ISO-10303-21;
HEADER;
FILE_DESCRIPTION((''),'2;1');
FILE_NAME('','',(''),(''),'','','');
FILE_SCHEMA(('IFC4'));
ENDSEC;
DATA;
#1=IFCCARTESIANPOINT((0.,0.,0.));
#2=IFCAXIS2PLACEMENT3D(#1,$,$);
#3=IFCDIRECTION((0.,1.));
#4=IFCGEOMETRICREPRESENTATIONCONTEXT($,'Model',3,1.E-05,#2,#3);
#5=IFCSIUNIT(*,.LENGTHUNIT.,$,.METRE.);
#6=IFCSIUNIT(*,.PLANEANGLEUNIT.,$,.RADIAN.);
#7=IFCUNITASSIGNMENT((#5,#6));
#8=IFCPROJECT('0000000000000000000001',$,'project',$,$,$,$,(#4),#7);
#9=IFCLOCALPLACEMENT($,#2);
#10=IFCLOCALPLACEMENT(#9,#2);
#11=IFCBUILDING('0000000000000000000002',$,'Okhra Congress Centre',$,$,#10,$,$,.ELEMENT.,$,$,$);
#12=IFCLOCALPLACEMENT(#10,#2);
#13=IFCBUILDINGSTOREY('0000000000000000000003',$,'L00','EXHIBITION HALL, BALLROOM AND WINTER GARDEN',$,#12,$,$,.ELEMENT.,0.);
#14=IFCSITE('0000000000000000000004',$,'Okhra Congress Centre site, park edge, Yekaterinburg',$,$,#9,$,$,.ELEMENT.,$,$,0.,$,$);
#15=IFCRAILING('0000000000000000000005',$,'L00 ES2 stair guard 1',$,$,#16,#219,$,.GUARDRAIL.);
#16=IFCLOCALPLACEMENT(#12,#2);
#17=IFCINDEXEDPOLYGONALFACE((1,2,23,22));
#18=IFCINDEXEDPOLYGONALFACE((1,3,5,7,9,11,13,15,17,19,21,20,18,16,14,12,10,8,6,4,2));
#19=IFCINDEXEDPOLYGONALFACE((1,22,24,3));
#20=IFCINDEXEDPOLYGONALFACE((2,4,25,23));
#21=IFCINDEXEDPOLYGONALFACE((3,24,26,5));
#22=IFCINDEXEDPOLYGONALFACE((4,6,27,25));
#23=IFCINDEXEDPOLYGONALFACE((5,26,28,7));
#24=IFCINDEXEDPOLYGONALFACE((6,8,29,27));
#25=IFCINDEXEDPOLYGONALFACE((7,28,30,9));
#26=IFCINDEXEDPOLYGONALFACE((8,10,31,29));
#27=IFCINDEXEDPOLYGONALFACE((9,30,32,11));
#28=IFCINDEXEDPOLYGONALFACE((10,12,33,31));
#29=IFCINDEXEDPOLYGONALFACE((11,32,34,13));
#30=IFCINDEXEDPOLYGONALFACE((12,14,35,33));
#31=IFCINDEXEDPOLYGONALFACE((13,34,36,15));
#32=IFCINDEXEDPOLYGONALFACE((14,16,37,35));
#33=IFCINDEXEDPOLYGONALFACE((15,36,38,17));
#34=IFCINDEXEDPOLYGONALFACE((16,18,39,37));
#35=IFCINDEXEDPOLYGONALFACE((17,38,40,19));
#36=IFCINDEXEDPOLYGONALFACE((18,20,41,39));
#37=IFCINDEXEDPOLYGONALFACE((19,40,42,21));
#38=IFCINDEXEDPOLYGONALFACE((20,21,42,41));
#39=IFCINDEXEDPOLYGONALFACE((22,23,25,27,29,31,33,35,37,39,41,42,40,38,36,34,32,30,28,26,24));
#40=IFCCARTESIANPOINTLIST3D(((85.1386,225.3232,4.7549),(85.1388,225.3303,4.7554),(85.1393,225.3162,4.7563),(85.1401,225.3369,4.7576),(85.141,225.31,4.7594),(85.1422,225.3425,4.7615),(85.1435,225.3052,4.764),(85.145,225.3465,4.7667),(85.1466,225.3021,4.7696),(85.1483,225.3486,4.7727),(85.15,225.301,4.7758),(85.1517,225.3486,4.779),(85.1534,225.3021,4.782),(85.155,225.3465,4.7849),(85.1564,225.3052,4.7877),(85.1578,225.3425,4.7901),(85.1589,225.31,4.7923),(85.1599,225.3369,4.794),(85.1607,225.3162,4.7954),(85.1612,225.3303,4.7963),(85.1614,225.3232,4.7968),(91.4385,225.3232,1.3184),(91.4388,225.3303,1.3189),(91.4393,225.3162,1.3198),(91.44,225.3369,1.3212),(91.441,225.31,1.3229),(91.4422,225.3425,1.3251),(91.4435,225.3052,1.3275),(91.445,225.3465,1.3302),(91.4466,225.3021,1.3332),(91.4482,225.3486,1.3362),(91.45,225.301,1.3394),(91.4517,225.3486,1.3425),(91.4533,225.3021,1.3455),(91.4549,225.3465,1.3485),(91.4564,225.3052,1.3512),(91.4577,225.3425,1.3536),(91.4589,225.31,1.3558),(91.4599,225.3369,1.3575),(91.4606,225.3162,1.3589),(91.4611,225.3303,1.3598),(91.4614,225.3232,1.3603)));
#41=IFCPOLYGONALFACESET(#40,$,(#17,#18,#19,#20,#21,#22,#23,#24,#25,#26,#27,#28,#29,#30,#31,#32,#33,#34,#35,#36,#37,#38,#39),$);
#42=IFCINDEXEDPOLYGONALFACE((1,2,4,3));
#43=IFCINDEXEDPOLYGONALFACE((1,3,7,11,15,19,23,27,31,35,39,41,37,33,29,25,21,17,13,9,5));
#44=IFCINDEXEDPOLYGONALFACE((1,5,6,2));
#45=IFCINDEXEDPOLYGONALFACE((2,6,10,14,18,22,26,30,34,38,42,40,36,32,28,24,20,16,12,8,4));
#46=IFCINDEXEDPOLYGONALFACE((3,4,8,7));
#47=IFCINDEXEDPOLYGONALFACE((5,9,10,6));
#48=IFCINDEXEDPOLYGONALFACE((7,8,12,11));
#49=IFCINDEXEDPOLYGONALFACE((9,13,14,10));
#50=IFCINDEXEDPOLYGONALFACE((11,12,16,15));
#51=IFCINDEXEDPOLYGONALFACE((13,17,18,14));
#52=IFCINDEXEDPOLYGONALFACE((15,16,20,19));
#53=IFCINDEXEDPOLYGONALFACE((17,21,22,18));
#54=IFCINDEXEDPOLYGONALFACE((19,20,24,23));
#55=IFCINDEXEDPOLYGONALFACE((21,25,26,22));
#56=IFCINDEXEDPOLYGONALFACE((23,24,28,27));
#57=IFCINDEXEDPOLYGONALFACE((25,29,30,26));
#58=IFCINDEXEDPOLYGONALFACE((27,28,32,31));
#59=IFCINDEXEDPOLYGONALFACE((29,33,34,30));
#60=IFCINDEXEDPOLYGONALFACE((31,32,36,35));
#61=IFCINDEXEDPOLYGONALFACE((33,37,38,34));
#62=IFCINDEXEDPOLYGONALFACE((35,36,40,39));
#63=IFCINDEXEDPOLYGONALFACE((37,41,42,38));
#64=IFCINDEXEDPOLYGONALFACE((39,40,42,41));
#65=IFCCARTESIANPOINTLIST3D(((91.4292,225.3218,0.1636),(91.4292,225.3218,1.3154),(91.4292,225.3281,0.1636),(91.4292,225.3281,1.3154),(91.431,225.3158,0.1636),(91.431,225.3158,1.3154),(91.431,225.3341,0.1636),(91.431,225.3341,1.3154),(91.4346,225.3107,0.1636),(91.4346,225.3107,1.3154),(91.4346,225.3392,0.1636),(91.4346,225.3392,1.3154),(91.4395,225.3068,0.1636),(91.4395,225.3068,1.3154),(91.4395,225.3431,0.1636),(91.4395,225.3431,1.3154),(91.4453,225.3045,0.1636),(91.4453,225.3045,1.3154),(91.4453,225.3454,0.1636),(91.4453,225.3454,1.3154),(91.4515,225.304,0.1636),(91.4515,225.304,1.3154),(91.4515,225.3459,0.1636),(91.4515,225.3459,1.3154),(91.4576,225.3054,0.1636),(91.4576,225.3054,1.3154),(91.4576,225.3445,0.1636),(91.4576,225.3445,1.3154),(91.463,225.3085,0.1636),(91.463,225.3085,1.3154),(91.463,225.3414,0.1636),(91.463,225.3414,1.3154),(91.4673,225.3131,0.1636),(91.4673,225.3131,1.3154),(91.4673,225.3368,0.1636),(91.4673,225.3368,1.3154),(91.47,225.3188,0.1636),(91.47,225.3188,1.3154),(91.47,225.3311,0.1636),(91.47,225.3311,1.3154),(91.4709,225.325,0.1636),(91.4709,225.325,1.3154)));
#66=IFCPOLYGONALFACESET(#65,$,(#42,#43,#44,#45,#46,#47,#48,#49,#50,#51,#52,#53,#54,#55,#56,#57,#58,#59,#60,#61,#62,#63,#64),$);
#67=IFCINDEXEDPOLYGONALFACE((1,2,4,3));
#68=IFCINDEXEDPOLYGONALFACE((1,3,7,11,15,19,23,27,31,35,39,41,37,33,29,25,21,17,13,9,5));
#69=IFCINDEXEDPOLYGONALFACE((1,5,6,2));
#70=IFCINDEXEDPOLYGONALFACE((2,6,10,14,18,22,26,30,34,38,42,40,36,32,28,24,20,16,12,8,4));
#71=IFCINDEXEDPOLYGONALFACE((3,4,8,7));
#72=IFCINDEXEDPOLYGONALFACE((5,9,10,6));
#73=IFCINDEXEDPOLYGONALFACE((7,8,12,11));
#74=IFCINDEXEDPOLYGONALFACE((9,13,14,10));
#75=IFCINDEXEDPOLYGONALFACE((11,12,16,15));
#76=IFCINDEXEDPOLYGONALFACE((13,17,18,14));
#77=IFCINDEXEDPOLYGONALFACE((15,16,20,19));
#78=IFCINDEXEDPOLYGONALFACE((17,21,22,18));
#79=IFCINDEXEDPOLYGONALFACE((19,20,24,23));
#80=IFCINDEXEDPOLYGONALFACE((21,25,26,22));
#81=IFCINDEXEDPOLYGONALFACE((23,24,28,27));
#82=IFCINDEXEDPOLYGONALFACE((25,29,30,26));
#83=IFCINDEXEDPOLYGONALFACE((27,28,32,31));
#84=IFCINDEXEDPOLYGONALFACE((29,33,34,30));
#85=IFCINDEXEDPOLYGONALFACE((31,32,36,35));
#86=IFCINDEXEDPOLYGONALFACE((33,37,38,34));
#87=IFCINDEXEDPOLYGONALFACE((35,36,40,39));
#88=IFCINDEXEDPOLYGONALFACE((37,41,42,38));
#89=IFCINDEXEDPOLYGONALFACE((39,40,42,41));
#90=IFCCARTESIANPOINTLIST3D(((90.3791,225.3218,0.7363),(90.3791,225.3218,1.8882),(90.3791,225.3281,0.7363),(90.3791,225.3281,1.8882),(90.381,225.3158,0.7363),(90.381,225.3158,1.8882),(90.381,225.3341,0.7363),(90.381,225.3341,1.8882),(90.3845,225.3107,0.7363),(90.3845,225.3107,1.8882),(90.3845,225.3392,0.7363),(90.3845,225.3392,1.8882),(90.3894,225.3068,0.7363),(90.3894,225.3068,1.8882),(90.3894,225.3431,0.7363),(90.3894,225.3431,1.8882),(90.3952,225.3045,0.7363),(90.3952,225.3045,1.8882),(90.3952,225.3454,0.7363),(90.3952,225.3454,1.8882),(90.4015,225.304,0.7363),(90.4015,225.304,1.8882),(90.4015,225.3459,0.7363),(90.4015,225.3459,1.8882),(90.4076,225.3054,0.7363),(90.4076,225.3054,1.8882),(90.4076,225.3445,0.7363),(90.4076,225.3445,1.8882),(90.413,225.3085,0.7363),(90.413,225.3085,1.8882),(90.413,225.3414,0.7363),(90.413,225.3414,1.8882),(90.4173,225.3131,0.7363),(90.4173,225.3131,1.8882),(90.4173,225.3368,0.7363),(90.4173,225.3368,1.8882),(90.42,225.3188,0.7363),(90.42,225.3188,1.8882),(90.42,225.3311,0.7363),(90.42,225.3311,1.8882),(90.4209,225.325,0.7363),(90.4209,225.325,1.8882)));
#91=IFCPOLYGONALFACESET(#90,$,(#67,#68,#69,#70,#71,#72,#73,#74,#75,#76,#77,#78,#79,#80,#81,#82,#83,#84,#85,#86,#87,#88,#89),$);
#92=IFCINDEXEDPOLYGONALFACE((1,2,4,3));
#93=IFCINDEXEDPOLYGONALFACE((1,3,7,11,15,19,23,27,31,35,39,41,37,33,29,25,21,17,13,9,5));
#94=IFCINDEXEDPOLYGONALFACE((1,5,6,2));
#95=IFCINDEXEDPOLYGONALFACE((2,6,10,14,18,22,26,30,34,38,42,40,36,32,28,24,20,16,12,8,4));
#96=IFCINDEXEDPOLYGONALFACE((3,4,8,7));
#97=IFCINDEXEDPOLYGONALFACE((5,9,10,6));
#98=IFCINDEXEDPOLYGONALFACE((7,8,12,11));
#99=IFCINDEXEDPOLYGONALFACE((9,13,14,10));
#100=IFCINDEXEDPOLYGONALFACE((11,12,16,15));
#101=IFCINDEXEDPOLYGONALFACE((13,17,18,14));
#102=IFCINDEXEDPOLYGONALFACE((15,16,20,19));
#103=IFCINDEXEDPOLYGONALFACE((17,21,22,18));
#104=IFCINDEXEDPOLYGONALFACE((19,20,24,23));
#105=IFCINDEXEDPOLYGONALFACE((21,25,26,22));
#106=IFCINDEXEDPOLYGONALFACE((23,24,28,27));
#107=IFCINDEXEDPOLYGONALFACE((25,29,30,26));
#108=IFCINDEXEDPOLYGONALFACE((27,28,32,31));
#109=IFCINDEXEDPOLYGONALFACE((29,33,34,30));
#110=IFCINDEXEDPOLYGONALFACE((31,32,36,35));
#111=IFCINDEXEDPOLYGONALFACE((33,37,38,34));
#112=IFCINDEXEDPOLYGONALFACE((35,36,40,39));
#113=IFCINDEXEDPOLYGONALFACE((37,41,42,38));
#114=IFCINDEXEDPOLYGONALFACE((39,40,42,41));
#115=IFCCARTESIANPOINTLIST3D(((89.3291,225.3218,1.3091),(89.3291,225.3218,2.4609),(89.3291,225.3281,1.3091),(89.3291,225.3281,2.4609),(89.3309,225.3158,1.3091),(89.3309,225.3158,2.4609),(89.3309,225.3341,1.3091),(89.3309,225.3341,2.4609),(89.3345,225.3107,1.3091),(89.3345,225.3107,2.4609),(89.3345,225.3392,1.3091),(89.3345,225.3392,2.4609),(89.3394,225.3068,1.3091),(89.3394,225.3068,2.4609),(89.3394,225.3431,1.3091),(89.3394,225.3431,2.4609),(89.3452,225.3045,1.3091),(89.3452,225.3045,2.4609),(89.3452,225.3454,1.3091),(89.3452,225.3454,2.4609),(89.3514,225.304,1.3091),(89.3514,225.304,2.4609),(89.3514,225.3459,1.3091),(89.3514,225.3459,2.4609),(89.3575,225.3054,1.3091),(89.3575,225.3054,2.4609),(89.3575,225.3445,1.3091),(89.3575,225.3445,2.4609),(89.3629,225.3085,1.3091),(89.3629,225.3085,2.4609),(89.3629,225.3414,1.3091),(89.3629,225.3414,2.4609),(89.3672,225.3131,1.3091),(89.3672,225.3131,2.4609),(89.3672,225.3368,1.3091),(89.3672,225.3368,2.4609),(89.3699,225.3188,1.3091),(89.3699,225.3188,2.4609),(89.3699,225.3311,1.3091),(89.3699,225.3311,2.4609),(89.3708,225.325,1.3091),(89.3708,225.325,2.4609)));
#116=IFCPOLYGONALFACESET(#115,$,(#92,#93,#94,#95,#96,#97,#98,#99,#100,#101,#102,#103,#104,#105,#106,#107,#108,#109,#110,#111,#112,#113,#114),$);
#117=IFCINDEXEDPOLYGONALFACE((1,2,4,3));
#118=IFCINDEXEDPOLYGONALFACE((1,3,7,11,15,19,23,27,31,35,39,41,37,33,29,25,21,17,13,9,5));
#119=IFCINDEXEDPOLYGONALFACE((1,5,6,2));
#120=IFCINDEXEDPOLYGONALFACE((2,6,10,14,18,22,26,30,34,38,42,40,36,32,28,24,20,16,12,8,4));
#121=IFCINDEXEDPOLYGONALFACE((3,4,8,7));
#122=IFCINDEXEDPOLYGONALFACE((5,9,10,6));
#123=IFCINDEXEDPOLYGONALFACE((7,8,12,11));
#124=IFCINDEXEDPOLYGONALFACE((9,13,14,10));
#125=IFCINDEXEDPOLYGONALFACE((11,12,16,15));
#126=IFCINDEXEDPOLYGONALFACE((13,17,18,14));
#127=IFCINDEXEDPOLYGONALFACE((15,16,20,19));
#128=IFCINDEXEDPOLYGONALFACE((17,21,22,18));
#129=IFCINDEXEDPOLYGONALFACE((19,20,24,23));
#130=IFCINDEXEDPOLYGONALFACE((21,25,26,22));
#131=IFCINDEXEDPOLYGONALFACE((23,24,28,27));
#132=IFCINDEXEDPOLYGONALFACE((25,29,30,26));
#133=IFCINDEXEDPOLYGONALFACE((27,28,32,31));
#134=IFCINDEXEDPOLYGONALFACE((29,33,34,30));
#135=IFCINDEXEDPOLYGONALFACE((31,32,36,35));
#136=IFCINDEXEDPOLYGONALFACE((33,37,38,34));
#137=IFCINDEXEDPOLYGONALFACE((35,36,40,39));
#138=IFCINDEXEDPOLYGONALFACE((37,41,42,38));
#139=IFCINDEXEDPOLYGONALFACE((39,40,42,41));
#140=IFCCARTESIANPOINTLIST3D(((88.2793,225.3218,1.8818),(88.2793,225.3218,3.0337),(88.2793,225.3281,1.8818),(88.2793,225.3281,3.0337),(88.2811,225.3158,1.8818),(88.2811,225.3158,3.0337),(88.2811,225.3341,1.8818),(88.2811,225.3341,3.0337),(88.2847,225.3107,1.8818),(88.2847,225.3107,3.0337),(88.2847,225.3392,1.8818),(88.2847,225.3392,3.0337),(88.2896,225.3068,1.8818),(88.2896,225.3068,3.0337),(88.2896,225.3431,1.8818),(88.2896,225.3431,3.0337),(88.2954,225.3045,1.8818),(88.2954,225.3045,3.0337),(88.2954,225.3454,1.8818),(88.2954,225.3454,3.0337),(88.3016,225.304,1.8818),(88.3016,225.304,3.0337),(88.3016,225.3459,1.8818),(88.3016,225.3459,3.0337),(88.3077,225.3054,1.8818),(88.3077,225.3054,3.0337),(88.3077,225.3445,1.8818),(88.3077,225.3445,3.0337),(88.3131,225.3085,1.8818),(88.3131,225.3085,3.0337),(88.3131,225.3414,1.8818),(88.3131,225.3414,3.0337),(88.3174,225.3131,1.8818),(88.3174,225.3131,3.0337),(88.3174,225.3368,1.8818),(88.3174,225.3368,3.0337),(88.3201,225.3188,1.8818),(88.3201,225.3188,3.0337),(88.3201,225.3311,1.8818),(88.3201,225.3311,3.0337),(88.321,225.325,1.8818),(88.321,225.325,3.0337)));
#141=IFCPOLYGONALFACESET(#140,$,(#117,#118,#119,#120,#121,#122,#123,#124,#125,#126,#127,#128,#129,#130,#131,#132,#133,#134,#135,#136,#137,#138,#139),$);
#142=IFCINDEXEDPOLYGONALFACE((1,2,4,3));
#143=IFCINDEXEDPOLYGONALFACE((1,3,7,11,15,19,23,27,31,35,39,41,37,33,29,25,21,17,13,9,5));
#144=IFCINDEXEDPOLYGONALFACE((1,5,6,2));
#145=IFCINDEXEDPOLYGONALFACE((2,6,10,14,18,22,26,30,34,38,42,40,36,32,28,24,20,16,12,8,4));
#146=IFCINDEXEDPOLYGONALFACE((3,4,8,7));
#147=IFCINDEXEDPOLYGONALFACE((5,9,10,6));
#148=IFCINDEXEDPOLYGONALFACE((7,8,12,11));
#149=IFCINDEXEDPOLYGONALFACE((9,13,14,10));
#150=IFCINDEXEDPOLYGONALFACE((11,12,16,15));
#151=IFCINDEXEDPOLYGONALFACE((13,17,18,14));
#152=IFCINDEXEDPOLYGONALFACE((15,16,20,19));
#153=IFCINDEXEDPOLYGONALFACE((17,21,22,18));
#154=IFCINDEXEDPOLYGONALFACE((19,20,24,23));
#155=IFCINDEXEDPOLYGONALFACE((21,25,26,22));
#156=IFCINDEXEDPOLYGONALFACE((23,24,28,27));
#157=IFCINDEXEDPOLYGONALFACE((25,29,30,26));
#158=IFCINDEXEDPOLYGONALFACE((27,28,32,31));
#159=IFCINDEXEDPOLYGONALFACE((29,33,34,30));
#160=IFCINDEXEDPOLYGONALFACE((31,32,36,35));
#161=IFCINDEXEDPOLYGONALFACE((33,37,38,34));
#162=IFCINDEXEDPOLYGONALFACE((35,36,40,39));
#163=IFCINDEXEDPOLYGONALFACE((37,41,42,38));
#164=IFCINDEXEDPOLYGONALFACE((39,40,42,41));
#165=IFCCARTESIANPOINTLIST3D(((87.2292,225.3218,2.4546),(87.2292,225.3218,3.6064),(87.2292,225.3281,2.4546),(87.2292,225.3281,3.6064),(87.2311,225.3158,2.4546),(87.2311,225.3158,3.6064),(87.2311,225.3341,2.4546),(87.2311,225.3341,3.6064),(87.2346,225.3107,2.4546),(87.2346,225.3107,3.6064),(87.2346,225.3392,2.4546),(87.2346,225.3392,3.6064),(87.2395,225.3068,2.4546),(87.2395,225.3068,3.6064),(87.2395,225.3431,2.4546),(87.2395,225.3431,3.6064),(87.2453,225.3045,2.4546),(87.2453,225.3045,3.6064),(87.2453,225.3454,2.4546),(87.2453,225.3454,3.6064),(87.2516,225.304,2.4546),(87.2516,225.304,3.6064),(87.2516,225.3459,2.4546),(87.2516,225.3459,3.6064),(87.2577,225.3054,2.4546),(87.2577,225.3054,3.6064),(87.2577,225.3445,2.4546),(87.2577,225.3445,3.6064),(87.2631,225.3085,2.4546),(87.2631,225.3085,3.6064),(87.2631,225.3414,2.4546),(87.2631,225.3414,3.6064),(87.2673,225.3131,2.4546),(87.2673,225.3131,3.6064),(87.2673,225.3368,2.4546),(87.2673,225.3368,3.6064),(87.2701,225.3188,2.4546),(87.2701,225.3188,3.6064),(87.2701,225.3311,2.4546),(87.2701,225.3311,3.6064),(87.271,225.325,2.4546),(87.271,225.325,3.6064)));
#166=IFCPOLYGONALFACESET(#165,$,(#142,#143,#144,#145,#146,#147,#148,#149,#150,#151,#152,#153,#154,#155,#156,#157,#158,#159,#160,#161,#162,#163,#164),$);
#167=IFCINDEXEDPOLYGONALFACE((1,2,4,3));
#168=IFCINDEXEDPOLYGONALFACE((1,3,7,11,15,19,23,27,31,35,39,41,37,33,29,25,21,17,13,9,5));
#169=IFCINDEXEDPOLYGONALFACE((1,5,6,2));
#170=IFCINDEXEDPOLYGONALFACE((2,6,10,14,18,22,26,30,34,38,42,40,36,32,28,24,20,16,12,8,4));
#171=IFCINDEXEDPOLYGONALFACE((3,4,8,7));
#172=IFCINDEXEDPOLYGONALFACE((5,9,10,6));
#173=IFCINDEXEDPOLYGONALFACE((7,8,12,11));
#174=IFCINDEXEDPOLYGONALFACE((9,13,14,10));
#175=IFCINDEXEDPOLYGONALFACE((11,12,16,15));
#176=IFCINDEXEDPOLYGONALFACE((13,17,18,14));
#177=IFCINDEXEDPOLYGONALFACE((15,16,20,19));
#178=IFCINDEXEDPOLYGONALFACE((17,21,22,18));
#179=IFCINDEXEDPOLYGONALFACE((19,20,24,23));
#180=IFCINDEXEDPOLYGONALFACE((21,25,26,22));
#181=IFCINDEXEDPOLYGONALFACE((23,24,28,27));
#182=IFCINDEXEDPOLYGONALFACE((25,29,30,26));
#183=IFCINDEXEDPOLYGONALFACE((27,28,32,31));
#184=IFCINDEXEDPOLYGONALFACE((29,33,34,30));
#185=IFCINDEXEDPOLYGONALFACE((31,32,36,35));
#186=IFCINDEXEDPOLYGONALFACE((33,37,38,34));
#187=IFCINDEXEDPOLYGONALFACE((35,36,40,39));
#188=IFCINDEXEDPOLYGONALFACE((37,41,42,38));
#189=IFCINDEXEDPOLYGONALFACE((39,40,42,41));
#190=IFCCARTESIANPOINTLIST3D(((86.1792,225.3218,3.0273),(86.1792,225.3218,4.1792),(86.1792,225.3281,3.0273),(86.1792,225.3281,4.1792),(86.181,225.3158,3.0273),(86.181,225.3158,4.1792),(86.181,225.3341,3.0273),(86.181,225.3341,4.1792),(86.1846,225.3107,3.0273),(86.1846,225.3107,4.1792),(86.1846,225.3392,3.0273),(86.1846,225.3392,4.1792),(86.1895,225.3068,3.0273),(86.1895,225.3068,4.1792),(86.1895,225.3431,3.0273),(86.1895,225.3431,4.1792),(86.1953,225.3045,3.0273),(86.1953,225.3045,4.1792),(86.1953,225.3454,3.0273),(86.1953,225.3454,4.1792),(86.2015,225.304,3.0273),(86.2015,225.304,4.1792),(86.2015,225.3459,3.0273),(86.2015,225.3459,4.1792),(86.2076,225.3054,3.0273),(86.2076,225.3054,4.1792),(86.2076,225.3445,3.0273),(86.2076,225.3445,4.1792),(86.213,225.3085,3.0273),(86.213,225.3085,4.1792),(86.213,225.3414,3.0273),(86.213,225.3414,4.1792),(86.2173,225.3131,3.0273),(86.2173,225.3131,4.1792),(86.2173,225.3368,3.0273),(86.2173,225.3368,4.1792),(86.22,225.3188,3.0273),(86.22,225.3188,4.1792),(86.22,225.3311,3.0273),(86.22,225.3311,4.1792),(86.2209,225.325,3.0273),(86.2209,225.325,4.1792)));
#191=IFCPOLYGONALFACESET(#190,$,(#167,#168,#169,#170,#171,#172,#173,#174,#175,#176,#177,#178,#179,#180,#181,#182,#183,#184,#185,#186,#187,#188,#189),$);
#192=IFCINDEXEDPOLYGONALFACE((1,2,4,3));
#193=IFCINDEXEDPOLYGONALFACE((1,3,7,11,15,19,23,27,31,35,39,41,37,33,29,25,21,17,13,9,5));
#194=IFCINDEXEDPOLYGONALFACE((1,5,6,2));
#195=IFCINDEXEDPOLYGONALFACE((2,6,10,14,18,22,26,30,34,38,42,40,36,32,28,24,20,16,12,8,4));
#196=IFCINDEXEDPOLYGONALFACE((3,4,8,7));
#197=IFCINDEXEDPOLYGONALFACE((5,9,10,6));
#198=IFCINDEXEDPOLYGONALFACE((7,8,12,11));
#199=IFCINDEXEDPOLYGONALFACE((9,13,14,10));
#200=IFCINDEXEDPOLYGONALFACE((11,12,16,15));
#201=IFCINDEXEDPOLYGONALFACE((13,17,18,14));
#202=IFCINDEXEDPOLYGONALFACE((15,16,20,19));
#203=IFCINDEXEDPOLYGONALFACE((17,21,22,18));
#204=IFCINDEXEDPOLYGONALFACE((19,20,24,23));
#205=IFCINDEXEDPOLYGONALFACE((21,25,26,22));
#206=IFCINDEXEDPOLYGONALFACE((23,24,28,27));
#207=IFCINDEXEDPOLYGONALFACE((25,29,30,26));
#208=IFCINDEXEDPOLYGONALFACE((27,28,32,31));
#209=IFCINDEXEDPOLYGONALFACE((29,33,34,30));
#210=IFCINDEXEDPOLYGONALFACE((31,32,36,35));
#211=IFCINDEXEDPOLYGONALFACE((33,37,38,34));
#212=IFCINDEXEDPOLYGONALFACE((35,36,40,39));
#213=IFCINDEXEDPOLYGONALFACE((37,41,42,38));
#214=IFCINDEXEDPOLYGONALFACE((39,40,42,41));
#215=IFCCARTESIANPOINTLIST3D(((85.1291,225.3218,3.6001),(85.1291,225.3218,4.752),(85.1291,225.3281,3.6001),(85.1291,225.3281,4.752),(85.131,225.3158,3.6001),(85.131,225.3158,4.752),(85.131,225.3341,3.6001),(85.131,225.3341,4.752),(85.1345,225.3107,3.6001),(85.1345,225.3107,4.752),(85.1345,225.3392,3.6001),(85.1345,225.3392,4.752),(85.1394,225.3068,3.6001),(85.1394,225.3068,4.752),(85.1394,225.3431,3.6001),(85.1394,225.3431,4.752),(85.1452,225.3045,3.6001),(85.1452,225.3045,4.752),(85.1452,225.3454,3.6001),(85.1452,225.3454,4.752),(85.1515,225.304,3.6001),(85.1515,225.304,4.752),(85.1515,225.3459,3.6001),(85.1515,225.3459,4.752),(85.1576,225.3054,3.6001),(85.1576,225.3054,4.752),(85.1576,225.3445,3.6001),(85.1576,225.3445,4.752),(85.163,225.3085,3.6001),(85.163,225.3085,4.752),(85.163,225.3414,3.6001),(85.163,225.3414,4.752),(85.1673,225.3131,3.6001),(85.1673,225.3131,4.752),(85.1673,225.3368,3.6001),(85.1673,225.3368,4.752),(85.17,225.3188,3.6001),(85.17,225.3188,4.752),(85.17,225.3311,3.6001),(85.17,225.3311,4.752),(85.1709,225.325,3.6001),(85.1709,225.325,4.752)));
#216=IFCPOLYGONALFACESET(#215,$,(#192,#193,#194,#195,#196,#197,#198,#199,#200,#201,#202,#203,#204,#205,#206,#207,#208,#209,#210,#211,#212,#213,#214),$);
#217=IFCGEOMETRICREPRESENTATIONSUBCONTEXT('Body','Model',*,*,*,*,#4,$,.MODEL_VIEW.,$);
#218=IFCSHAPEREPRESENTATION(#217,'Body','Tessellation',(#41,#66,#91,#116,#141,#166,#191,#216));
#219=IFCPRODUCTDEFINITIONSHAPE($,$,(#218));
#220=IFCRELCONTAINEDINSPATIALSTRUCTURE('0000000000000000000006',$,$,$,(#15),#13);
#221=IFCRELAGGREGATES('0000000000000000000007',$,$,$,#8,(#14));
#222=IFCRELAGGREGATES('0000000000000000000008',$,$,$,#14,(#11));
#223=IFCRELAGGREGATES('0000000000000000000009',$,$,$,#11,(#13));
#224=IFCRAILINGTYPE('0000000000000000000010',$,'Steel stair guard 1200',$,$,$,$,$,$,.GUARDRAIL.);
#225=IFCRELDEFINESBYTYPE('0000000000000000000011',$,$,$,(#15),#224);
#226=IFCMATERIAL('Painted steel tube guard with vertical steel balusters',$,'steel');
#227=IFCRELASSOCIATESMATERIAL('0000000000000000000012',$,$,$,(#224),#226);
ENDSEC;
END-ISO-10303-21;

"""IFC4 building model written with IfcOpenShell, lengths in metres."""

from ifc_helpers import new_model, si_unit, direction, frame, origin, origin_2d, place, context, subcontext, project, spatial, circle, extrude, material, type_object, element, save


model = new_model("IFC4")

# Units and contexts
model_context = context("Model", 3, precision=1e-05, world=origin(), true_north=direction((0.0, 1.0)))
body_context = subcontext(model_context, "Body", "Model", "MODEL_VIEW")
ifc_project = project(units=[si_unit("LENGTHUNIT", "METRE"), si_unit("PLANEANGLEUNIT", "RADIAN")], contexts=[model_context])

# Site, building, storey
site_placement = place(None, origin())
site = spatial("IfcSite", under=ifc_project, at=site_placement, Name="Okhra Congress Centre site, park edge, Yekaterinburg", CompositionType="ELEMENT", RefElevation=0.0)
building_placement = place(site_placement, origin())
building = spatial("IfcBuilding", under=site, at=building_placement, Name="Okhra Congress Centre", CompositionType="ELEMENT")
storey_placement = place(building_placement, origin())
storey = spatial("IfcBuildingStorey", under=building, at=storey_placement, Name="L00", Description="EXHIBITION HALL, BALLROOM AND WINTER GARDEN", CompositionType="ELEMENT", Elevation=0.0)

# Railing
ifc_material_1 = material(Name="Painted steel tube guard with vertical steel balusters", Category="steel")
railing_type_1 = type_object("IfcRailingType", Name="Steel stair guard 1200", PredefinedType="GUARDRAIL", material=ifc_material_1)
railing_1_placement = place(storey_placement, frame((91.45, 225.325, 0.1636)))
element("IfcRailing", 1, at=railing_1_placement, inside=storey, type_object=railing_type_1, Name="L00 ES2 stair guard 1", PredefinedType="GUARDRAIL", context=body_context, shape_type="SweptSolid", body=[
    extrude(circle(Radius=0.0239, at=origin_2d()), frame((0.0, 0.0, 1.1758), z_axis=(-0.877888, 0.0, 0.478866), x_axis=(0.0, -1.0, 0.0)), (0.0, 0.0, 1.0), 7.1763),
    extrude(circle(Radius=0.021, at=origin_2d()), origin(), (0.0, 0.0, 1.0), 1.1519),
    extrude(circle(Radius=0.021, at=origin_2d()), frame((-1.05, 0.0, 0.5728)), (0.0, 0.0, 1.0), 1.1519),
    extrude(circle(Radius=0.021, at=origin_2d()), frame((-2.1001, 0.0, 1.1455)), (0.0, 0.0, 1.0), 1.1519),
    extrude(circle(Radius=0.021, at=origin_2d()), frame((-3.1499, 0.0, 1.7183)), (0.0, 0.0, 1.0), 1.1519),
    extrude(circle(Radius=0.021, at=origin_2d()), frame((-4.2, 0.0, 2.291)), (0.0, 0.0, 1.0), 1.1519),
    extrude(circle(Radius=0.021, at=origin_2d()), frame((-5.25, 0.0, 2.8638)), (0.0, 0.0, 1.0), 1.1519),
    extrude(circle(Radius=0.021, at=origin_2d()), frame((-6.3, 0.0, 3.4365)), (0.0, 0.0, 1.0), 1.1519),
])

save(model, "model.ifc")
